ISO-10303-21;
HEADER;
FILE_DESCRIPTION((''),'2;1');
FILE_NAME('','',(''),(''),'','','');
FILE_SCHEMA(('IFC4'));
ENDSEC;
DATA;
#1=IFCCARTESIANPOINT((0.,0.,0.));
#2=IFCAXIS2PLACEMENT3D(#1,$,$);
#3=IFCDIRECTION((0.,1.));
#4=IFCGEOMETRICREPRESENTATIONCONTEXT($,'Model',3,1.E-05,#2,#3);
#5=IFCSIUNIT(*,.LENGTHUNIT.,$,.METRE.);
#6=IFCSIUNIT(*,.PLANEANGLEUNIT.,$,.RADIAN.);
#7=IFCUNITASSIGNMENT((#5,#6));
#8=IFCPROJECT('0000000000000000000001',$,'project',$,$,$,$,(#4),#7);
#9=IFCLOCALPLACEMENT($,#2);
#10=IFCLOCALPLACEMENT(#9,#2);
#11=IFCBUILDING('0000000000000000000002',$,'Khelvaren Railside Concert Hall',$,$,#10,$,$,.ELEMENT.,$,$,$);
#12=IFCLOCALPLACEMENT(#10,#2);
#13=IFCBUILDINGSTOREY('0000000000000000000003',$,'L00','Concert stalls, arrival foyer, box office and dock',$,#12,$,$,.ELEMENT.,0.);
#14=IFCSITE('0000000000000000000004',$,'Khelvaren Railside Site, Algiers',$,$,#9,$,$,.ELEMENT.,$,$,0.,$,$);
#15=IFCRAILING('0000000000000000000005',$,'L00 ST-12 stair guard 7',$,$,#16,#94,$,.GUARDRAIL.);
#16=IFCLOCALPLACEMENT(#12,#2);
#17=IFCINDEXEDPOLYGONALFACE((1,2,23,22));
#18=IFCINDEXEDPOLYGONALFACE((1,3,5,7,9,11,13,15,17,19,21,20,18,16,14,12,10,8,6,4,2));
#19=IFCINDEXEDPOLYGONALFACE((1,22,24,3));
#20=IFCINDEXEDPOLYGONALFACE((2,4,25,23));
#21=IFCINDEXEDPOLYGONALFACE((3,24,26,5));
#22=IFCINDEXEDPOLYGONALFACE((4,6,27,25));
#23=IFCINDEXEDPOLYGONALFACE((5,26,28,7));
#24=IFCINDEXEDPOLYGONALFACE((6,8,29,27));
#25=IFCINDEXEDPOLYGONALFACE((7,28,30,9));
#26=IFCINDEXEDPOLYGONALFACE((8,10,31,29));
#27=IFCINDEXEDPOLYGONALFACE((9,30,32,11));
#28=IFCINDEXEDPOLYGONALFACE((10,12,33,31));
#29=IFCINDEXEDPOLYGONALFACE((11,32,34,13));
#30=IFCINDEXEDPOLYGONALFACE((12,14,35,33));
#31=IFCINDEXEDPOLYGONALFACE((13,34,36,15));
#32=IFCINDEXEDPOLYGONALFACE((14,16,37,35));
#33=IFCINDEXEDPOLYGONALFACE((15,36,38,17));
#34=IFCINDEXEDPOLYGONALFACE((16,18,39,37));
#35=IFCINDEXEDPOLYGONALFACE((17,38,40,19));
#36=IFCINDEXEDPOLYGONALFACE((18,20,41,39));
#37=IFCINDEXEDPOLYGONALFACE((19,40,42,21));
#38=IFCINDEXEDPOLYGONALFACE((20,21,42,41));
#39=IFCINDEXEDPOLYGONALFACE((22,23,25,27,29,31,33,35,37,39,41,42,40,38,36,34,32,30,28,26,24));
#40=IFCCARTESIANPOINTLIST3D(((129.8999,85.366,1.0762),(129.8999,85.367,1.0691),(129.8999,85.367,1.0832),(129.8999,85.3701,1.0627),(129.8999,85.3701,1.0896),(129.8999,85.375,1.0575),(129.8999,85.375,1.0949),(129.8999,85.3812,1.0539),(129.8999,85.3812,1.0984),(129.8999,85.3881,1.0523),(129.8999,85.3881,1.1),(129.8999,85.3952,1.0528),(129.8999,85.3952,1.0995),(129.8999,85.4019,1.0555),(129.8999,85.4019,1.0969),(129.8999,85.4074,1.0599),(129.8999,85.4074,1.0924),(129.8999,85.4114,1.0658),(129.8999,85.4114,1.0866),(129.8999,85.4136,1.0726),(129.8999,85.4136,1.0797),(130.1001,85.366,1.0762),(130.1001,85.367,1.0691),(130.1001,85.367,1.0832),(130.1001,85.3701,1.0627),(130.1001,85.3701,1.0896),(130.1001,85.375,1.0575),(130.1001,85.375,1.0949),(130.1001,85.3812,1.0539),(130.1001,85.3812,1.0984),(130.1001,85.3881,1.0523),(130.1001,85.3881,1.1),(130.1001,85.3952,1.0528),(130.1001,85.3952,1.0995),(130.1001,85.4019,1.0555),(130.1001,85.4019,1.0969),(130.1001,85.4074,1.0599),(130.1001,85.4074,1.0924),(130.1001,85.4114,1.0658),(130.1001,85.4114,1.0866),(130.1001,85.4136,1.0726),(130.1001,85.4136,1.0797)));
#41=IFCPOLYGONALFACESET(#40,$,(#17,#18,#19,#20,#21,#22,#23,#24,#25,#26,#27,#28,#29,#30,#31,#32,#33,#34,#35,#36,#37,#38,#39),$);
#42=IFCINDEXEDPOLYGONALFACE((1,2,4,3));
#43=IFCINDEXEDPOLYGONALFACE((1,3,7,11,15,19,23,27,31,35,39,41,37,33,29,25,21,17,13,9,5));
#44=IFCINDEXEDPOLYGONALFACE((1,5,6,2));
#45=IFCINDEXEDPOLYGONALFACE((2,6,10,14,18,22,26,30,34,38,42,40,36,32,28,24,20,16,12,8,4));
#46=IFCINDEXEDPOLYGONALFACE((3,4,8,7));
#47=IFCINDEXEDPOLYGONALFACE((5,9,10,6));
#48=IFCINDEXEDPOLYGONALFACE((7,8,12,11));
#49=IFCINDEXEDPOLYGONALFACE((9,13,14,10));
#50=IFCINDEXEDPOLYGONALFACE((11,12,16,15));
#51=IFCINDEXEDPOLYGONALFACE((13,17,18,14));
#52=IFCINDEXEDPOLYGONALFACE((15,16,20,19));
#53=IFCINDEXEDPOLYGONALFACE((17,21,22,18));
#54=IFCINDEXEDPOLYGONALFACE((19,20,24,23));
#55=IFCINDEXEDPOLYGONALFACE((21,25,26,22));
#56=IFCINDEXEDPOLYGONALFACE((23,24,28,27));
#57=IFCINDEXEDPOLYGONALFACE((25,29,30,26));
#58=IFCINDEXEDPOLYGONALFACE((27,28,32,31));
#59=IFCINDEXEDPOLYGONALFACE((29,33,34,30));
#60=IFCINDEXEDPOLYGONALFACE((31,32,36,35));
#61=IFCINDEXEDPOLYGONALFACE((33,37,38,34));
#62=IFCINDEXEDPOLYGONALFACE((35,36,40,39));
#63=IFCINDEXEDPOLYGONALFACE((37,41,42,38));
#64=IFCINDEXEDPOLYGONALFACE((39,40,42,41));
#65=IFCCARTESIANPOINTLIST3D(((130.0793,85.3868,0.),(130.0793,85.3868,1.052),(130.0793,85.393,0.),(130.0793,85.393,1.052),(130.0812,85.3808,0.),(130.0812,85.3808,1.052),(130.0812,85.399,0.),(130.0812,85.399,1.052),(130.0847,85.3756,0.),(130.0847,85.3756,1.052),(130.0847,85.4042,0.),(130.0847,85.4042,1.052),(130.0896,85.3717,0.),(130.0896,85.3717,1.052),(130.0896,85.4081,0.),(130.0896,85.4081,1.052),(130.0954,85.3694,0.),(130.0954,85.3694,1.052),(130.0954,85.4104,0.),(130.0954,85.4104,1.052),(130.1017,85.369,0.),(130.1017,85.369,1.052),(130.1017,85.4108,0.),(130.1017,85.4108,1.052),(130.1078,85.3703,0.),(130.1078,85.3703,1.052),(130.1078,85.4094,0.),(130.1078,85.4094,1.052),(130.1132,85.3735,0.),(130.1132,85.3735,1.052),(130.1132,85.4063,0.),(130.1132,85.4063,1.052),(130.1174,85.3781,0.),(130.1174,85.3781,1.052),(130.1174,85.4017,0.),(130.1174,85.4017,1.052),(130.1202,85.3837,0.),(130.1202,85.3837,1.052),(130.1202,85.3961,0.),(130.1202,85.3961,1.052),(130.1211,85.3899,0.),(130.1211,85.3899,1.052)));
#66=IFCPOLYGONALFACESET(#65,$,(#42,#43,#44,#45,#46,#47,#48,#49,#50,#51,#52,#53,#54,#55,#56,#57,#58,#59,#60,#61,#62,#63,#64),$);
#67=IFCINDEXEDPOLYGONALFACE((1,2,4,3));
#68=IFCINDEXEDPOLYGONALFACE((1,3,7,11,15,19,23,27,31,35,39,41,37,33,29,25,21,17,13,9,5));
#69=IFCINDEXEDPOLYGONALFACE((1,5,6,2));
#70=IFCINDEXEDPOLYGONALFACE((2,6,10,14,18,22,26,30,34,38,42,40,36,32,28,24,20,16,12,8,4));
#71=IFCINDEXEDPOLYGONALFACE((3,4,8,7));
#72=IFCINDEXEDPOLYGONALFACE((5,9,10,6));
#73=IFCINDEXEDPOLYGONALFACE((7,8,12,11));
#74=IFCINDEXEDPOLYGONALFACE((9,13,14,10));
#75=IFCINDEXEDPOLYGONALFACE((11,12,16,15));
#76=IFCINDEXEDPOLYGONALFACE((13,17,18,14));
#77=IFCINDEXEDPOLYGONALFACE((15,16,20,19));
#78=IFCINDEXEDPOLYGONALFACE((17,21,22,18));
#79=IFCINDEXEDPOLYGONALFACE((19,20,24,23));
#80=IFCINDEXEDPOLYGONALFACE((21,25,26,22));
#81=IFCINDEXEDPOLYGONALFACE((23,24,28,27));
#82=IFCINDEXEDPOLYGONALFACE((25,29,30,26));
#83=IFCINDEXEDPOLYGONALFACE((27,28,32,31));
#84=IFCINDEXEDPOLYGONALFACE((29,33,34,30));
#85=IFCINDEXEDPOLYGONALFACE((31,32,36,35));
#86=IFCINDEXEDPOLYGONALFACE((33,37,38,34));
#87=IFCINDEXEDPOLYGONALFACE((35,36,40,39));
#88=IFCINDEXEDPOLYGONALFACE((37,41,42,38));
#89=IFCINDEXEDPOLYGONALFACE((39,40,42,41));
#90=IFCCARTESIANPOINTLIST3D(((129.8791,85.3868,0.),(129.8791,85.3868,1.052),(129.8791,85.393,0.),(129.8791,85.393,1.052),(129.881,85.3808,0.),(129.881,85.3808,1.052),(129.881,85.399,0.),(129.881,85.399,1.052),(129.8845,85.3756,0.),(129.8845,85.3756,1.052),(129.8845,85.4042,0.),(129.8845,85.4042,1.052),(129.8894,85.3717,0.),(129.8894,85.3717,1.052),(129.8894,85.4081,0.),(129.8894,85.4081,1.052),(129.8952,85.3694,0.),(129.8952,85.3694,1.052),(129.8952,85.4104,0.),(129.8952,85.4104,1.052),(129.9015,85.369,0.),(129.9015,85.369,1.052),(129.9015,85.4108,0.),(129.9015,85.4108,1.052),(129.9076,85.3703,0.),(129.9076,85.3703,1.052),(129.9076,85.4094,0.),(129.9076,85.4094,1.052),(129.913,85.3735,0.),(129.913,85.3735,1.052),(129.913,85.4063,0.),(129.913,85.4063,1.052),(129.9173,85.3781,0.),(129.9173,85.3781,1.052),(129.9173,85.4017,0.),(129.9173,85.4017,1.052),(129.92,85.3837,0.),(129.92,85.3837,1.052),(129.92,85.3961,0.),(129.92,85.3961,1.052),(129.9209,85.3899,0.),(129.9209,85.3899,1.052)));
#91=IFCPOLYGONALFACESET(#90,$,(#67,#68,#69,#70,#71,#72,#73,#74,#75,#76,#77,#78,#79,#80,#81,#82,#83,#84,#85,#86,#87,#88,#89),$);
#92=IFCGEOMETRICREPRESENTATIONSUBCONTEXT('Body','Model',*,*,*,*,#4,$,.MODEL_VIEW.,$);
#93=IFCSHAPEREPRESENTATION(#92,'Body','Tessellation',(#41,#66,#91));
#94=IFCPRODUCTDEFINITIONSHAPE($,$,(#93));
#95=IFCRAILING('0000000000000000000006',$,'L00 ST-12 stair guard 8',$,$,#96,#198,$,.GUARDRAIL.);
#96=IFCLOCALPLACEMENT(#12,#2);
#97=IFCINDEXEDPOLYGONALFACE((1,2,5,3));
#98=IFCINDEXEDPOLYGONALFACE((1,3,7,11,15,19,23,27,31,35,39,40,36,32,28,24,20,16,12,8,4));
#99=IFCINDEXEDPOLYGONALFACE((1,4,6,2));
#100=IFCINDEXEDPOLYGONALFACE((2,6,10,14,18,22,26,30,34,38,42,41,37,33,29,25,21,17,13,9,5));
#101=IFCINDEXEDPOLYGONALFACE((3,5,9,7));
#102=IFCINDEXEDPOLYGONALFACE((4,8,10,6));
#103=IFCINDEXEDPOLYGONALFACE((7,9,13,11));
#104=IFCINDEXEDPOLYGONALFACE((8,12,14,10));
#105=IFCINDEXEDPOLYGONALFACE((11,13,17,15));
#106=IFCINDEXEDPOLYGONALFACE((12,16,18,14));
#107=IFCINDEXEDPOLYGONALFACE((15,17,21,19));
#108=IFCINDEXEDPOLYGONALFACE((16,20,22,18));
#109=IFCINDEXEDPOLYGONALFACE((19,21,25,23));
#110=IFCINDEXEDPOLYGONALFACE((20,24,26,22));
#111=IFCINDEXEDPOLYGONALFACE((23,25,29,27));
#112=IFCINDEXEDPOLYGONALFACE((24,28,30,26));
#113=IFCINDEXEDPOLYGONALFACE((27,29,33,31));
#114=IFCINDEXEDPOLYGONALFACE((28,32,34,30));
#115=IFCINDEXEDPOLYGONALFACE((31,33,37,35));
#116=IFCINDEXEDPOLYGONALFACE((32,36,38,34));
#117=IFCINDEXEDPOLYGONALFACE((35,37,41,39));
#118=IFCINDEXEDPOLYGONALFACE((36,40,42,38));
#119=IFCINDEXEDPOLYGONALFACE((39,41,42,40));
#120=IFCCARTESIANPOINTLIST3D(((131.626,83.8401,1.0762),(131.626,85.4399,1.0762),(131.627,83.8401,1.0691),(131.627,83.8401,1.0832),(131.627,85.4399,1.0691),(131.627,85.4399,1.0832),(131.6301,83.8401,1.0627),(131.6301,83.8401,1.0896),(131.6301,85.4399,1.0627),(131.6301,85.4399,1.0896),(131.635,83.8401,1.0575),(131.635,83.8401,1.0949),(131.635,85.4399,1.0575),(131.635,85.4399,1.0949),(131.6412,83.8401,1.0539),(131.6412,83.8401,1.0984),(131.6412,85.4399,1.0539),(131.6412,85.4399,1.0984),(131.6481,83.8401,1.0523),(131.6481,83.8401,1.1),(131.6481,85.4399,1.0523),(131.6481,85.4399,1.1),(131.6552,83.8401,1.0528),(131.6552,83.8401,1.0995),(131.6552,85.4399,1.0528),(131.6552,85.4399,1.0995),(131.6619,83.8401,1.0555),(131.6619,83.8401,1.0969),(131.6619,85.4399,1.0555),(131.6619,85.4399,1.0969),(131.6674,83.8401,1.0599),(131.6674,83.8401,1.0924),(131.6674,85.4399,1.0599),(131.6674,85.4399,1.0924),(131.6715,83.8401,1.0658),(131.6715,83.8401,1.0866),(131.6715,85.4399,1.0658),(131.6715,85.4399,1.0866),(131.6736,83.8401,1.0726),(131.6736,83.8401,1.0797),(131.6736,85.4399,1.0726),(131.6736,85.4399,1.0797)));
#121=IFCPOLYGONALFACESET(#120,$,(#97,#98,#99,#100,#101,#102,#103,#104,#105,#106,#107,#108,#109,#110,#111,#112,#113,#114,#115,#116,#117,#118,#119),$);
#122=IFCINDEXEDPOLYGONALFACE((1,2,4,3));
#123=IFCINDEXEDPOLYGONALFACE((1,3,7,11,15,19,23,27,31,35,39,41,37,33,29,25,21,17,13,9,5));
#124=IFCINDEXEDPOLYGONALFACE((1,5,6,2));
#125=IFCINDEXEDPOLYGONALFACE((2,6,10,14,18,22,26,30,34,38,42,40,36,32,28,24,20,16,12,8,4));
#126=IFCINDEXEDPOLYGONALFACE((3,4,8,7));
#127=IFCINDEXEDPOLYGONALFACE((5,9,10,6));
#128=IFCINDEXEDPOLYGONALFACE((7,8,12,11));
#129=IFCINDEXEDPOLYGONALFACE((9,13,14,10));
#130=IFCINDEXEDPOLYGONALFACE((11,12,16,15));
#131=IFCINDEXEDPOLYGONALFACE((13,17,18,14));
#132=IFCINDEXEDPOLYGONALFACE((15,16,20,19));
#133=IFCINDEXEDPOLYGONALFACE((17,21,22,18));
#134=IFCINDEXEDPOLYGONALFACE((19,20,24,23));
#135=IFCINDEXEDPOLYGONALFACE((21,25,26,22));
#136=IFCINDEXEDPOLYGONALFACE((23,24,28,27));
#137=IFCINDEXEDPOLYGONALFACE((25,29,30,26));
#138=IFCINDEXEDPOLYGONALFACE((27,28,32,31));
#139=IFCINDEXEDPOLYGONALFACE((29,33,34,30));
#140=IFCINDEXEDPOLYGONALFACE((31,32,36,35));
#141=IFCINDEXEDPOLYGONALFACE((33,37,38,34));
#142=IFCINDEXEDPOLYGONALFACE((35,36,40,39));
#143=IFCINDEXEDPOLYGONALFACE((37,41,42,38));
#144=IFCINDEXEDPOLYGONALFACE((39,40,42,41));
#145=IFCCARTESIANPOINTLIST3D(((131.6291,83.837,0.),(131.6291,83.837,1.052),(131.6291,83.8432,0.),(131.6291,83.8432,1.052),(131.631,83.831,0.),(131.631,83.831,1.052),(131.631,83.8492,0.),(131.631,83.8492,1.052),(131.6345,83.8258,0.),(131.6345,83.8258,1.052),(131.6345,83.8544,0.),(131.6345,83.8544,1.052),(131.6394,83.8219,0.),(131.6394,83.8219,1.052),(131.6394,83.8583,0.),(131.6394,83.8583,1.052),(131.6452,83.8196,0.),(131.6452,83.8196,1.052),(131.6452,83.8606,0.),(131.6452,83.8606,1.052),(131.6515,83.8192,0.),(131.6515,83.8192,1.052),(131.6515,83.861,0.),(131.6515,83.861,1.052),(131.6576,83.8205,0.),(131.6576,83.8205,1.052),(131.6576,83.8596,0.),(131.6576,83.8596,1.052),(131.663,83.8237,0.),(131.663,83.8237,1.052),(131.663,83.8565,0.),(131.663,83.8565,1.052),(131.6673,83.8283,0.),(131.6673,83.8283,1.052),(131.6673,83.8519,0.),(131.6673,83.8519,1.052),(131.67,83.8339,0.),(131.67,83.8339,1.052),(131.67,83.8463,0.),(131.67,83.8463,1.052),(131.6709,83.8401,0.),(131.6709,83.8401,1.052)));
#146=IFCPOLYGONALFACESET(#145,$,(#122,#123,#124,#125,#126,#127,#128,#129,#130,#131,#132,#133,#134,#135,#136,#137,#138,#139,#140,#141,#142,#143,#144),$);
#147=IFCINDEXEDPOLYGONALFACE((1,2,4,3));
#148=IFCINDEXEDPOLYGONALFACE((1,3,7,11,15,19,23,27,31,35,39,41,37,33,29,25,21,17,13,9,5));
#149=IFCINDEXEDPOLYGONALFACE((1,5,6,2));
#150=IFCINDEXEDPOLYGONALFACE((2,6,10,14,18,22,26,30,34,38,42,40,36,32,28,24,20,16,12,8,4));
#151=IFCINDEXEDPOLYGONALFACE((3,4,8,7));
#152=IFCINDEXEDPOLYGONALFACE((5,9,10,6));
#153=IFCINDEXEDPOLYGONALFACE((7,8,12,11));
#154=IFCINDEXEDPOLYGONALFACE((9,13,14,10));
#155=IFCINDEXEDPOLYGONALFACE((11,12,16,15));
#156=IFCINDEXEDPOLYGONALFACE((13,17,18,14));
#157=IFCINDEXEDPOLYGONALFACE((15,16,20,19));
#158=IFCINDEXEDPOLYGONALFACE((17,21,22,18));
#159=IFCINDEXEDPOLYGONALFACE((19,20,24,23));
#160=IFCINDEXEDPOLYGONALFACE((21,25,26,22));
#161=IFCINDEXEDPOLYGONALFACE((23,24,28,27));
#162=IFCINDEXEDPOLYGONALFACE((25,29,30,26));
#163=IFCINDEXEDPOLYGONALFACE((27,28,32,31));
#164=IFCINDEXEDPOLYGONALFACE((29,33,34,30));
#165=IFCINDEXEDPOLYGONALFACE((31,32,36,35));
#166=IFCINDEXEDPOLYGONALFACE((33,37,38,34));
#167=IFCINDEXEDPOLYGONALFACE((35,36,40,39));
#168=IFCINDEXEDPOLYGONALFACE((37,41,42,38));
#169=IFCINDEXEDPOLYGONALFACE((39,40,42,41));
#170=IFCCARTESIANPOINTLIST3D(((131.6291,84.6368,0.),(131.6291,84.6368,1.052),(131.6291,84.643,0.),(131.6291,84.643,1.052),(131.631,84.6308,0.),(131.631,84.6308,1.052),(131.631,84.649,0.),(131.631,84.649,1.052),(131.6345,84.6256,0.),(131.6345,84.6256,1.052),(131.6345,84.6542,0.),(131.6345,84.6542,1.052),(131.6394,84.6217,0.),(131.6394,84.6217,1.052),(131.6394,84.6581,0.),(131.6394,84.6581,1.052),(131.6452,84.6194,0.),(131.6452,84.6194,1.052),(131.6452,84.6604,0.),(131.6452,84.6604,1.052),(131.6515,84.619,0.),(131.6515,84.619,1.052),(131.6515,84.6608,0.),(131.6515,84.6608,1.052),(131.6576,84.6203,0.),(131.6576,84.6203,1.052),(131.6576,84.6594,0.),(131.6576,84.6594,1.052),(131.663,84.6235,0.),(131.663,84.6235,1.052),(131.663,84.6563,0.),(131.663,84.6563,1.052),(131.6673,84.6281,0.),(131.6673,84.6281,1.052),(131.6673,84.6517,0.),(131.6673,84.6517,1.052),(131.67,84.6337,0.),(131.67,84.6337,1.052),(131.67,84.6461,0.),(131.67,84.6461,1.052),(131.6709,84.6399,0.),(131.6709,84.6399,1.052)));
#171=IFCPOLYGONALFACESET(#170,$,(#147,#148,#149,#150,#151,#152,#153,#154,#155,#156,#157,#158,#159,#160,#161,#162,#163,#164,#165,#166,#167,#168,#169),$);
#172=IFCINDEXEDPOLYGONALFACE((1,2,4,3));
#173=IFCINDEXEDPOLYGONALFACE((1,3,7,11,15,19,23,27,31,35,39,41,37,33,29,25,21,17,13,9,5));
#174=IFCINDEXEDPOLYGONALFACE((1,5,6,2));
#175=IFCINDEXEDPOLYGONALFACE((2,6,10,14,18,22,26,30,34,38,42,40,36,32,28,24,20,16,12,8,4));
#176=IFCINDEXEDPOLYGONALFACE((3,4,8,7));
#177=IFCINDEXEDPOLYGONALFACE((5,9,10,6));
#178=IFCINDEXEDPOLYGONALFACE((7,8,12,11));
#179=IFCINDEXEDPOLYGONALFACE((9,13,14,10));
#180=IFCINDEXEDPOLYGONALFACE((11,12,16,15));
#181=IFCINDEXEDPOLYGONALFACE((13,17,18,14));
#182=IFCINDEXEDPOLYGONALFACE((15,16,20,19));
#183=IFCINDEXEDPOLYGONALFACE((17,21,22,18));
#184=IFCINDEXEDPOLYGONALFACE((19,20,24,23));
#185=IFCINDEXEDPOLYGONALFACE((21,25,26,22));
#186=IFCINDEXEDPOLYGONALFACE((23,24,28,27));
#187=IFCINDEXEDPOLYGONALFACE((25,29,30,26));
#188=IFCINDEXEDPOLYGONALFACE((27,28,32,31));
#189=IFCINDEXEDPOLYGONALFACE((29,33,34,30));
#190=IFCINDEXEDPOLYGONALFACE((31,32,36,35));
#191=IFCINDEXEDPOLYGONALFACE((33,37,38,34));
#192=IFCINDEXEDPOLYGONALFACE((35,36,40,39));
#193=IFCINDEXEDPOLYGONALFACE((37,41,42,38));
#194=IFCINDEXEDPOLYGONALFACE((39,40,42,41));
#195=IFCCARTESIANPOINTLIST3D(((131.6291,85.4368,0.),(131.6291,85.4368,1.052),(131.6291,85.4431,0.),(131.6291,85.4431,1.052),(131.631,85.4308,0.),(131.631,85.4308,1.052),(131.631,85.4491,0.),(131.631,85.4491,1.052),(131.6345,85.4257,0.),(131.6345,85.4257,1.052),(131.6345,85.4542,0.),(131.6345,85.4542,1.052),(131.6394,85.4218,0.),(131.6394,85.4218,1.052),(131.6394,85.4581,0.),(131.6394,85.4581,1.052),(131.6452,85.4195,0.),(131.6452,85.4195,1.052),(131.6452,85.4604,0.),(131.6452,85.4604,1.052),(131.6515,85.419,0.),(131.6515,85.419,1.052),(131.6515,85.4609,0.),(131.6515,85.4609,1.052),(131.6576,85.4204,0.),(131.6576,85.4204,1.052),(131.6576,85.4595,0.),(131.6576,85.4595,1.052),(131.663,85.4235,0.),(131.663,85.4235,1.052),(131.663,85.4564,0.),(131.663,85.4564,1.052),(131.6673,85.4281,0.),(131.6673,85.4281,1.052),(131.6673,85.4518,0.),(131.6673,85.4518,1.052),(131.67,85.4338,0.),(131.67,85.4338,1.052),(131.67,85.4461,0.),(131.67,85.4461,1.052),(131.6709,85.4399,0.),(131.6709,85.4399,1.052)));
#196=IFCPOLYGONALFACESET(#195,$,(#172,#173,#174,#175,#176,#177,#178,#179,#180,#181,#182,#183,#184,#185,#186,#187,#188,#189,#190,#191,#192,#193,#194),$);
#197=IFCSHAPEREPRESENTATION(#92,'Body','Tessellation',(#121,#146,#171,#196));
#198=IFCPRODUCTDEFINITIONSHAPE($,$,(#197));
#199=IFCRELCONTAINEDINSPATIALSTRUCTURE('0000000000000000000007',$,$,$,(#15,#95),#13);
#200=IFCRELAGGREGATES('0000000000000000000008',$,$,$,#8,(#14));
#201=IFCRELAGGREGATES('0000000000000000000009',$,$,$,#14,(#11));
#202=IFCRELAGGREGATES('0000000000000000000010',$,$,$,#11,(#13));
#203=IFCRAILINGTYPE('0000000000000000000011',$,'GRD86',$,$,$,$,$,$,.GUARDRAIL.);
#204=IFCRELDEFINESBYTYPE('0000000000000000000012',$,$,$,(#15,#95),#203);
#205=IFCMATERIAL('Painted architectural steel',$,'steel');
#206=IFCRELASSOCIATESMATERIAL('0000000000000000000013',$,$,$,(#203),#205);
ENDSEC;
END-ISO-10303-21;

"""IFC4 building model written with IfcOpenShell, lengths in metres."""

from ifc_helpers import new_model, si_unit, direction, frame, origin, origin_2d, place, context, subcontext, project, spatial, circle, extrude, material, type_object, element, save


model = new_model("IFC4")

# Units and contexts
model_context = context("Model", 3, precision=1e-05, world=origin(), true_north=direction((0.0, 1.0)))
body_context = subcontext(model_context, "Body", "Model", "MODEL_VIEW")
ifc_project = project(units=[si_unit("LENGTHUNIT", "METRE"), si_unit("PLANEANGLEUNIT", "RADIAN")], contexts=[model_context])

# Site, building, storey
site_placement = place(None, origin())
site = spatial("IfcSite", under=ifc_project, at=site_placement, Name="Khelvaren Railside Site, Algiers", CompositionType="ELEMENT", RefElevation=0.0)
building_placement = place(site_placement, origin())
building = spatial("IfcBuilding", under=site, at=building_placement, Name="Khelvaren Railside Concert Hall", CompositionType="ELEMENT")
storey_placement = place(building_placement, origin())
storey = spatial("IfcBuildingStorey", under=building, at=storey_placement, Name="L00", Description="Concert stalls, arrival foyer, box office and dock", CompositionType="ELEMENT", Elevation=0.0)

# Railings
ifc_material_1 = material(Name="Painted architectural steel", Category="steel")
railing_type_1 = type_object("IfcRailingType", Name="GRD86", PredefinedType="GUARDRAIL", material=ifc_material_1)
railing_1_placement = place(storey_placement, frame((130.1001, 85.3899, 0.0)))
element("IfcRailing", 1, at=railing_1_placement, inside=storey, type_object=railing_type_1, Name="L00 ST-12 stair guard 7", PredefinedType="GUARDRAIL", context=body_context, shape_type="SweptSolid", body=[
    extrude(circle(Radius=0.0239, at=origin_2d()), frame((0.0, 0.0, 1.0762), z_axis=(-1.0, 0.0, 0.0), x_axis=(0.0, -1.0, 0.0)), (0.0, 0.0, 1.0), 0.2002),
    extrude(circle(Radius=0.021, at=origin_2d()), origin(), (0.0, 0.0, 1.0), 1.052),
    extrude(circle(Radius=0.021, at=origin_2d()), frame((-0.2002, 0.0, 0.0)), (0.0, 0.0, 1.0), 1.052),
])
railing_2_placement = place(storey_placement, frame((131.6499, 83.8401, 0.0)))
element("IfcRailing", 2, at=railing_2_placement, inside=storey, type_object=railing_type_1, Name="L00 ST-12 stair guard 8", PredefinedType="GUARDRAIL", context=body_context, shape_type="SweptSolid", body=[
    extrude(circle(Radius=0.0239, at=origin_2d()), frame((0.0, 0.0, 1.0762), z_axis=(0.0, 1.0, 0.0), x_axis=(-1.0, 0.0, 0.0)), (0.0, 0.0, 1.0), 1.5999),
    extrude(circle(Radius=0.021, at=origin_2d()), origin(), (0.0, 0.0, 1.0), 1.052),
    extrude(circle(Radius=0.021, at=origin_2d()), frame((0.0, 0.7998, 0.0)), (0.0, 0.0, 1.0), 1.052),
    extrude(circle(Radius=0.021, at=origin_2d()), frame((0.0, 1.5999, 0.0)), (0.0, 0.0, 1.0), 1.052),
])

save(model, "model.ifc")
